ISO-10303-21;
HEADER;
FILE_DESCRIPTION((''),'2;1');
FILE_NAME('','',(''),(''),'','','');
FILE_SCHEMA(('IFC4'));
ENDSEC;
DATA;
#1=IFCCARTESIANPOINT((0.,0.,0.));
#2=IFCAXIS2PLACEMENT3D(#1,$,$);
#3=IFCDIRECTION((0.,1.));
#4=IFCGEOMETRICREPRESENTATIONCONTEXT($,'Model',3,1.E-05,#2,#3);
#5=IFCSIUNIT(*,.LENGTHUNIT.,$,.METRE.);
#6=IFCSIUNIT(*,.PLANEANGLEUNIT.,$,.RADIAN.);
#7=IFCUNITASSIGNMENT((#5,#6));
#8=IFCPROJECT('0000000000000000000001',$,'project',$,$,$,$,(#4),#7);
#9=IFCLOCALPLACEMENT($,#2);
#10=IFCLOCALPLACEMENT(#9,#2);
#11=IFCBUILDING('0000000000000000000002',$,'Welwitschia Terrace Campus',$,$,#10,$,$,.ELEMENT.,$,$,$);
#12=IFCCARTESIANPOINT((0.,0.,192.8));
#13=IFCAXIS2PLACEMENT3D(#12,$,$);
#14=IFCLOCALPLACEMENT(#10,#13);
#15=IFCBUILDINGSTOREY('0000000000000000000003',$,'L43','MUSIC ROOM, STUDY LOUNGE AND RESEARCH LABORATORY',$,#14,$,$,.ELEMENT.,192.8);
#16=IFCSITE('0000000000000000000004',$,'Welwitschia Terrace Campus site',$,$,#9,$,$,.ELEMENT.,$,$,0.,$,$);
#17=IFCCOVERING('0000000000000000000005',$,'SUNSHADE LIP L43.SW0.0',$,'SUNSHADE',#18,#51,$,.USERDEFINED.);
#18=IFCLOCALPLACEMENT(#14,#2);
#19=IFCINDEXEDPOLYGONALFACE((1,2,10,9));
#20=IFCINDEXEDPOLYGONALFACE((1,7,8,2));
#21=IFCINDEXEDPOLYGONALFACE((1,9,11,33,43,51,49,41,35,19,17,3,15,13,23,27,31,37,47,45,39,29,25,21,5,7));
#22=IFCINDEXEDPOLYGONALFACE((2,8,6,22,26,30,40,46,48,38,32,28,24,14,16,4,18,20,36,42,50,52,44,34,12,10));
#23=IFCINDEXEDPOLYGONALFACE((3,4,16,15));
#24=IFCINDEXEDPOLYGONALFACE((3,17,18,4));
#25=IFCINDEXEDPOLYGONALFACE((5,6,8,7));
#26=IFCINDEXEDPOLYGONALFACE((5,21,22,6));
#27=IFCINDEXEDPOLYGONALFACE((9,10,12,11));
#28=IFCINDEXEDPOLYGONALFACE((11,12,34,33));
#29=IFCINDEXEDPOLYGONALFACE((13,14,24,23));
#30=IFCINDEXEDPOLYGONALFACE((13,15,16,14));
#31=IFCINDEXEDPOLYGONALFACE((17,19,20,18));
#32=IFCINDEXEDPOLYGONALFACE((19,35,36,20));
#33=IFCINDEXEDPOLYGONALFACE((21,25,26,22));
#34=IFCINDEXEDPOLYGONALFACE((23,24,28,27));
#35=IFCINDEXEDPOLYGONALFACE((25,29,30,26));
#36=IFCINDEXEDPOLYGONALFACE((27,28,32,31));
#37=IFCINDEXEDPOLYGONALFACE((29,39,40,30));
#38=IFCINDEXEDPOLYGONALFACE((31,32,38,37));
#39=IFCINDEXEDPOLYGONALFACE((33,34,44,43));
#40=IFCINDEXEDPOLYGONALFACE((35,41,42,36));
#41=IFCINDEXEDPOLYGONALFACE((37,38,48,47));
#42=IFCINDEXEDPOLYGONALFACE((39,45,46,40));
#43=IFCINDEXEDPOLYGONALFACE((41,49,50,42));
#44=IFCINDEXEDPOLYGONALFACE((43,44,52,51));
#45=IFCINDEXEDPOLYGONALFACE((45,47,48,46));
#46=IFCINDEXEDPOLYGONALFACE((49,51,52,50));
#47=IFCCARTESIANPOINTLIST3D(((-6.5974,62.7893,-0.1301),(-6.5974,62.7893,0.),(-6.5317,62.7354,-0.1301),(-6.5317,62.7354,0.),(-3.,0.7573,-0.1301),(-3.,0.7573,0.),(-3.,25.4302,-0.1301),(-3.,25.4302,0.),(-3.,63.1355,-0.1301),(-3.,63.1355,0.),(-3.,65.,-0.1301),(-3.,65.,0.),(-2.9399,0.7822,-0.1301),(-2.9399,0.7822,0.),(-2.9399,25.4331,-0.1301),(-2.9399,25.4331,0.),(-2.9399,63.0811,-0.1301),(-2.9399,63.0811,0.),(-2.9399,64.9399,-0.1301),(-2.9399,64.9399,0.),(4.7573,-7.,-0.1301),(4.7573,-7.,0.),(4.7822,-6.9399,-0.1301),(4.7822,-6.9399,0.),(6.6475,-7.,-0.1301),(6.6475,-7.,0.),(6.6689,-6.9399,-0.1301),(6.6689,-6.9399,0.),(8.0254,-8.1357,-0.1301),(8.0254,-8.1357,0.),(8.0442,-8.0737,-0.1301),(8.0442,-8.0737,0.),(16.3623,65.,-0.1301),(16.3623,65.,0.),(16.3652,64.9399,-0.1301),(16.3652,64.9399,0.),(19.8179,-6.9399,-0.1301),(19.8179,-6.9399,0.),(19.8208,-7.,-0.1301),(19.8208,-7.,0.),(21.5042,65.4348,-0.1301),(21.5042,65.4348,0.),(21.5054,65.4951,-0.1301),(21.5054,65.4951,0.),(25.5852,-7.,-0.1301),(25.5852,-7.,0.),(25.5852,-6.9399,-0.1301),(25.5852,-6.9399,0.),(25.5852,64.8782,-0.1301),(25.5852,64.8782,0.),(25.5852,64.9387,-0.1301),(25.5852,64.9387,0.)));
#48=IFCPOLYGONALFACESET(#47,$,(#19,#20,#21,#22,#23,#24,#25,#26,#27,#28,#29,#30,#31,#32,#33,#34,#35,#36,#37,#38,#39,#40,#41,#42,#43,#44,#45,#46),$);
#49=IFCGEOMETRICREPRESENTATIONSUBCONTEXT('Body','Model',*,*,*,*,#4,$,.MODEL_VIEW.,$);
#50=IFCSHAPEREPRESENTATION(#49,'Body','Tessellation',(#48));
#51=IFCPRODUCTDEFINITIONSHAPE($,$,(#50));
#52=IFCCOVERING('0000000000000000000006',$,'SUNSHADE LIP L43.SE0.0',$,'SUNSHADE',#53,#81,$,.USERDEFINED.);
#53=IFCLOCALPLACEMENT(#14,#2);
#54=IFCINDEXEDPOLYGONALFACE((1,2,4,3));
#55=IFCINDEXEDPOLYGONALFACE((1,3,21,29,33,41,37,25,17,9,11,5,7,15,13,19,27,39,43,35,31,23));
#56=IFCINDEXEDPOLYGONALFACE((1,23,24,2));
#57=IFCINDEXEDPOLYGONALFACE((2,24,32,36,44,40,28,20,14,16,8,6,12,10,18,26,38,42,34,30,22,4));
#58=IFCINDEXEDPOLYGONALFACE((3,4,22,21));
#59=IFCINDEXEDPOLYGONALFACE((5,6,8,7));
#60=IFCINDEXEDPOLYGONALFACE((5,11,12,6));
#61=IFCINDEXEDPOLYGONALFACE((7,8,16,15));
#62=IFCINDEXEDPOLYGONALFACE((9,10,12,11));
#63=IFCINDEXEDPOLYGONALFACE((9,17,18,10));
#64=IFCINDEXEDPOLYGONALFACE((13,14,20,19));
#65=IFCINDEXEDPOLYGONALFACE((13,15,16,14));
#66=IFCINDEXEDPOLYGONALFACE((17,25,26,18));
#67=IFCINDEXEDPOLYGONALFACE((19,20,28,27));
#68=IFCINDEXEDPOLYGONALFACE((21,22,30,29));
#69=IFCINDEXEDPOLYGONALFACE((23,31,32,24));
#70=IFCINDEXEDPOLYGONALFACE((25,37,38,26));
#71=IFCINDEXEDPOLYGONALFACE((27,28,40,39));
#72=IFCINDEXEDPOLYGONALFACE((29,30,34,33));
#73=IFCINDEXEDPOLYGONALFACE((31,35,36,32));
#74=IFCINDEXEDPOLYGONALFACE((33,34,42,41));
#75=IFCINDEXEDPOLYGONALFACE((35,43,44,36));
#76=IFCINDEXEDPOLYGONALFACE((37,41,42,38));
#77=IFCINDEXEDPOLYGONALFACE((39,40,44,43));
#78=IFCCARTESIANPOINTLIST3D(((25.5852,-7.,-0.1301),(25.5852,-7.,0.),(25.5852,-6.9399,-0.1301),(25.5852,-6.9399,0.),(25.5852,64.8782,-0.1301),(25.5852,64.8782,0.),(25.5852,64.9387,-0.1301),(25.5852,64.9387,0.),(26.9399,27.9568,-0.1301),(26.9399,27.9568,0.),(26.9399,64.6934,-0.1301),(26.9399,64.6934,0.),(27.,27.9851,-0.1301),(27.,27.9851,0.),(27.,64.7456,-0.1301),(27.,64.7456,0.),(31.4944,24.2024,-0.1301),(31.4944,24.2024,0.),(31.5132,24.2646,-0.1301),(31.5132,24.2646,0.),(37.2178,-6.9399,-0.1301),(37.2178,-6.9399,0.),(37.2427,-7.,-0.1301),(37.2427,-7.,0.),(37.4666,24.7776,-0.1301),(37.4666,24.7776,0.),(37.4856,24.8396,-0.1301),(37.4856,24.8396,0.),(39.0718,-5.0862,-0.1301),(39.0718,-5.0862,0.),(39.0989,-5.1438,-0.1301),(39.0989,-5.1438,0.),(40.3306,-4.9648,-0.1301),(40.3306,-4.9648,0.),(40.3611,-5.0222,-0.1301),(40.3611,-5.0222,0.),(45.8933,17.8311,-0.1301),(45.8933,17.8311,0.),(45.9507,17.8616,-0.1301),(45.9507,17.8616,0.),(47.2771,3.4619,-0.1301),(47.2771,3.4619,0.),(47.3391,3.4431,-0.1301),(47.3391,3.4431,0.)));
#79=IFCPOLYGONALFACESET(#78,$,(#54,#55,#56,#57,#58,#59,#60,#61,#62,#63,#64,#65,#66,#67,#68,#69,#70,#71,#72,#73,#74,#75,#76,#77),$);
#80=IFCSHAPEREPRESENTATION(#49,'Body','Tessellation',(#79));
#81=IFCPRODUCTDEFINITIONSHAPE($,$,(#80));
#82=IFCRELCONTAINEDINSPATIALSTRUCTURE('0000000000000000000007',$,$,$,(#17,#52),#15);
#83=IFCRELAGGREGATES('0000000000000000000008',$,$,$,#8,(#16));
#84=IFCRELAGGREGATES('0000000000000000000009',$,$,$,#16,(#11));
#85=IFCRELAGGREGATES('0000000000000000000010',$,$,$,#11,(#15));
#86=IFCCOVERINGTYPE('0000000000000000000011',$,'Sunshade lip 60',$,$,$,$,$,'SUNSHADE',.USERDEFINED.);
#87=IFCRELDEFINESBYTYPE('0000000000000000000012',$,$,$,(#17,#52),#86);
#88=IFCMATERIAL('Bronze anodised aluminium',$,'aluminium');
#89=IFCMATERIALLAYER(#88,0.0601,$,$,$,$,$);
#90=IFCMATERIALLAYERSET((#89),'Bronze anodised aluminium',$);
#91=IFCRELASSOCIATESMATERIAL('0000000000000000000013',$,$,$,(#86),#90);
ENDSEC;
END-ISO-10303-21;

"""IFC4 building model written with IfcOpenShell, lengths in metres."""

from ifc_helpers import new_model, si_unit, direction, frame, origin, place, context, subcontext, project, spatial, polyline, outline, extrude, material, layer, layer_set, type_object, element, save


model = new_model("IFC4")

# Units and contexts
model_context = context("Model", 3, precision=1e-05, world=origin(), true_north=direction((0.0, 1.0)))
body_context = subcontext(model_context, "Body", "Model", "MODEL_VIEW")
ifc_project = project(units=[si_unit("LENGTHUNIT", "METRE"), si_unit("PLANEANGLEUNIT", "RADIAN")], contexts=[model_context])

# Site, building, storey
site_placement = place(None, origin())
site = spatial("IfcSite", under=ifc_project, at=site_placement, Name="Welwitschia Terrace Campus site", CompositionType="ELEMENT", RefElevation=0.0)
building_placement = place(site_placement, origin())
building = spatial("IfcBuilding", under=site, at=building_placement, Name="Welwitschia Terrace Campus", CompositionType="ELEMENT")
storey_placement = place(building_placement, frame((0.0, 0.0, 192.8)))
storey = spatial("IfcBuildingStorey", under=building, at=storey_placement, Name="L43", Description="MUSIC ROOM, STUDY LOUNGE AND RESEARCH LABORATORY", CompositionType="ELEMENT", Elevation=192.8)

# Coverings
ifc_material_1 = material(Name="Bronze anodised aluminium", Category="aluminium")
ifc_layer_1 = layer(ifc_material_1, 0.0601)
ifc_layer_set_1 = layer_set([ifc_layer_1], Name="Bronze anodised aluminium")
covering_type_1 = type_object("IfcCoveringType", Name="Sunshade lip 60", ElementType="SUNSHADE", PredefinedType="USERDEFINED", material=ifc_layer_set_1)
covering_1_placement = place(storey_placement, frame((0.0, 0.0, -0.1301)))
element("IfcCovering", 1, at=covering_1_placement, inside=storey, type_object=covering_type_1, Name="SUNSHADE LIP L43.SW0.0", ObjectType="SUNSHADE", PredefinedType="USERDEFINED", context=body_context, shape_type="SweptSolid", body=[
    extrude(outline(polyline([(16.3623, 65.0), (21.5054, 65.4951), (25.5852, 64.9387), (25.5852, 64.8782), (21.5042, 65.4348), (16.3652, 64.9399), (-2.9399, 64.9399), (-2.9399, 63.0811), (-6.5317, 62.7354), (-2.9399, 25.4331), (-2.9399, 0.7822), (4.7822, -6.9399), (6.6689, -6.9399), (8.0442, -8.0737), (19.8179, -6.9399), (25.5852, -6.9399), (25.5852, -7.0), (19.8208, -7.0), (8.0254, -8.1357), (6.6475, -7.0), (4.7573, -7.0), (-3.0, 0.7573), (-3.0, 25.4302), (-6.5974, 62.7893), (-3.0, 63.1355), (-3.0, 65.0), (16.3623, 65.0)])), origin(), (0.0, 0.0, 1.0), 0.1301),
])
covering_2_placement = place(storey_placement, frame((0.0, 0.0, -0.1301)))
element("IfcCovering", 2, at=covering_2_placement, inside=storey, type_object=covering_type_1, Name="SUNSHADE LIP L43.SE0.0", ObjectType="SUNSHADE", PredefinedType="USERDEFINED", context=body_context, shape_type="SweptSolid", body=[
    extrude(outline(polyline([(27.0, 27.9851), (31.5132, 24.2646), (37.4856, 24.8396), (45.9507, 17.8616), (47.3391, 3.4431), (40.3611, -5.0222), (39.0989, -5.1438), (37.2427, -7.0), (25.5852, -7.0), (25.5852, -6.9399), (37.2178, -6.9399), (39.0718, -5.0862), (40.3306, -4.9648), (47.2771, 3.4619), (45.8933, 17.8311), (37.4666, 24.7776), (31.4944, 24.2024), (26.9399, 27.9568), (26.9399, 64.6934), (25.5852, 64.8782), (25.5852, 64.9387), (27.0, 64.7456), (27.0, 27.9851)])), origin(), (0.0, 0.0, 1.0), 0.1301),
])

save(model, "model.ifc")
